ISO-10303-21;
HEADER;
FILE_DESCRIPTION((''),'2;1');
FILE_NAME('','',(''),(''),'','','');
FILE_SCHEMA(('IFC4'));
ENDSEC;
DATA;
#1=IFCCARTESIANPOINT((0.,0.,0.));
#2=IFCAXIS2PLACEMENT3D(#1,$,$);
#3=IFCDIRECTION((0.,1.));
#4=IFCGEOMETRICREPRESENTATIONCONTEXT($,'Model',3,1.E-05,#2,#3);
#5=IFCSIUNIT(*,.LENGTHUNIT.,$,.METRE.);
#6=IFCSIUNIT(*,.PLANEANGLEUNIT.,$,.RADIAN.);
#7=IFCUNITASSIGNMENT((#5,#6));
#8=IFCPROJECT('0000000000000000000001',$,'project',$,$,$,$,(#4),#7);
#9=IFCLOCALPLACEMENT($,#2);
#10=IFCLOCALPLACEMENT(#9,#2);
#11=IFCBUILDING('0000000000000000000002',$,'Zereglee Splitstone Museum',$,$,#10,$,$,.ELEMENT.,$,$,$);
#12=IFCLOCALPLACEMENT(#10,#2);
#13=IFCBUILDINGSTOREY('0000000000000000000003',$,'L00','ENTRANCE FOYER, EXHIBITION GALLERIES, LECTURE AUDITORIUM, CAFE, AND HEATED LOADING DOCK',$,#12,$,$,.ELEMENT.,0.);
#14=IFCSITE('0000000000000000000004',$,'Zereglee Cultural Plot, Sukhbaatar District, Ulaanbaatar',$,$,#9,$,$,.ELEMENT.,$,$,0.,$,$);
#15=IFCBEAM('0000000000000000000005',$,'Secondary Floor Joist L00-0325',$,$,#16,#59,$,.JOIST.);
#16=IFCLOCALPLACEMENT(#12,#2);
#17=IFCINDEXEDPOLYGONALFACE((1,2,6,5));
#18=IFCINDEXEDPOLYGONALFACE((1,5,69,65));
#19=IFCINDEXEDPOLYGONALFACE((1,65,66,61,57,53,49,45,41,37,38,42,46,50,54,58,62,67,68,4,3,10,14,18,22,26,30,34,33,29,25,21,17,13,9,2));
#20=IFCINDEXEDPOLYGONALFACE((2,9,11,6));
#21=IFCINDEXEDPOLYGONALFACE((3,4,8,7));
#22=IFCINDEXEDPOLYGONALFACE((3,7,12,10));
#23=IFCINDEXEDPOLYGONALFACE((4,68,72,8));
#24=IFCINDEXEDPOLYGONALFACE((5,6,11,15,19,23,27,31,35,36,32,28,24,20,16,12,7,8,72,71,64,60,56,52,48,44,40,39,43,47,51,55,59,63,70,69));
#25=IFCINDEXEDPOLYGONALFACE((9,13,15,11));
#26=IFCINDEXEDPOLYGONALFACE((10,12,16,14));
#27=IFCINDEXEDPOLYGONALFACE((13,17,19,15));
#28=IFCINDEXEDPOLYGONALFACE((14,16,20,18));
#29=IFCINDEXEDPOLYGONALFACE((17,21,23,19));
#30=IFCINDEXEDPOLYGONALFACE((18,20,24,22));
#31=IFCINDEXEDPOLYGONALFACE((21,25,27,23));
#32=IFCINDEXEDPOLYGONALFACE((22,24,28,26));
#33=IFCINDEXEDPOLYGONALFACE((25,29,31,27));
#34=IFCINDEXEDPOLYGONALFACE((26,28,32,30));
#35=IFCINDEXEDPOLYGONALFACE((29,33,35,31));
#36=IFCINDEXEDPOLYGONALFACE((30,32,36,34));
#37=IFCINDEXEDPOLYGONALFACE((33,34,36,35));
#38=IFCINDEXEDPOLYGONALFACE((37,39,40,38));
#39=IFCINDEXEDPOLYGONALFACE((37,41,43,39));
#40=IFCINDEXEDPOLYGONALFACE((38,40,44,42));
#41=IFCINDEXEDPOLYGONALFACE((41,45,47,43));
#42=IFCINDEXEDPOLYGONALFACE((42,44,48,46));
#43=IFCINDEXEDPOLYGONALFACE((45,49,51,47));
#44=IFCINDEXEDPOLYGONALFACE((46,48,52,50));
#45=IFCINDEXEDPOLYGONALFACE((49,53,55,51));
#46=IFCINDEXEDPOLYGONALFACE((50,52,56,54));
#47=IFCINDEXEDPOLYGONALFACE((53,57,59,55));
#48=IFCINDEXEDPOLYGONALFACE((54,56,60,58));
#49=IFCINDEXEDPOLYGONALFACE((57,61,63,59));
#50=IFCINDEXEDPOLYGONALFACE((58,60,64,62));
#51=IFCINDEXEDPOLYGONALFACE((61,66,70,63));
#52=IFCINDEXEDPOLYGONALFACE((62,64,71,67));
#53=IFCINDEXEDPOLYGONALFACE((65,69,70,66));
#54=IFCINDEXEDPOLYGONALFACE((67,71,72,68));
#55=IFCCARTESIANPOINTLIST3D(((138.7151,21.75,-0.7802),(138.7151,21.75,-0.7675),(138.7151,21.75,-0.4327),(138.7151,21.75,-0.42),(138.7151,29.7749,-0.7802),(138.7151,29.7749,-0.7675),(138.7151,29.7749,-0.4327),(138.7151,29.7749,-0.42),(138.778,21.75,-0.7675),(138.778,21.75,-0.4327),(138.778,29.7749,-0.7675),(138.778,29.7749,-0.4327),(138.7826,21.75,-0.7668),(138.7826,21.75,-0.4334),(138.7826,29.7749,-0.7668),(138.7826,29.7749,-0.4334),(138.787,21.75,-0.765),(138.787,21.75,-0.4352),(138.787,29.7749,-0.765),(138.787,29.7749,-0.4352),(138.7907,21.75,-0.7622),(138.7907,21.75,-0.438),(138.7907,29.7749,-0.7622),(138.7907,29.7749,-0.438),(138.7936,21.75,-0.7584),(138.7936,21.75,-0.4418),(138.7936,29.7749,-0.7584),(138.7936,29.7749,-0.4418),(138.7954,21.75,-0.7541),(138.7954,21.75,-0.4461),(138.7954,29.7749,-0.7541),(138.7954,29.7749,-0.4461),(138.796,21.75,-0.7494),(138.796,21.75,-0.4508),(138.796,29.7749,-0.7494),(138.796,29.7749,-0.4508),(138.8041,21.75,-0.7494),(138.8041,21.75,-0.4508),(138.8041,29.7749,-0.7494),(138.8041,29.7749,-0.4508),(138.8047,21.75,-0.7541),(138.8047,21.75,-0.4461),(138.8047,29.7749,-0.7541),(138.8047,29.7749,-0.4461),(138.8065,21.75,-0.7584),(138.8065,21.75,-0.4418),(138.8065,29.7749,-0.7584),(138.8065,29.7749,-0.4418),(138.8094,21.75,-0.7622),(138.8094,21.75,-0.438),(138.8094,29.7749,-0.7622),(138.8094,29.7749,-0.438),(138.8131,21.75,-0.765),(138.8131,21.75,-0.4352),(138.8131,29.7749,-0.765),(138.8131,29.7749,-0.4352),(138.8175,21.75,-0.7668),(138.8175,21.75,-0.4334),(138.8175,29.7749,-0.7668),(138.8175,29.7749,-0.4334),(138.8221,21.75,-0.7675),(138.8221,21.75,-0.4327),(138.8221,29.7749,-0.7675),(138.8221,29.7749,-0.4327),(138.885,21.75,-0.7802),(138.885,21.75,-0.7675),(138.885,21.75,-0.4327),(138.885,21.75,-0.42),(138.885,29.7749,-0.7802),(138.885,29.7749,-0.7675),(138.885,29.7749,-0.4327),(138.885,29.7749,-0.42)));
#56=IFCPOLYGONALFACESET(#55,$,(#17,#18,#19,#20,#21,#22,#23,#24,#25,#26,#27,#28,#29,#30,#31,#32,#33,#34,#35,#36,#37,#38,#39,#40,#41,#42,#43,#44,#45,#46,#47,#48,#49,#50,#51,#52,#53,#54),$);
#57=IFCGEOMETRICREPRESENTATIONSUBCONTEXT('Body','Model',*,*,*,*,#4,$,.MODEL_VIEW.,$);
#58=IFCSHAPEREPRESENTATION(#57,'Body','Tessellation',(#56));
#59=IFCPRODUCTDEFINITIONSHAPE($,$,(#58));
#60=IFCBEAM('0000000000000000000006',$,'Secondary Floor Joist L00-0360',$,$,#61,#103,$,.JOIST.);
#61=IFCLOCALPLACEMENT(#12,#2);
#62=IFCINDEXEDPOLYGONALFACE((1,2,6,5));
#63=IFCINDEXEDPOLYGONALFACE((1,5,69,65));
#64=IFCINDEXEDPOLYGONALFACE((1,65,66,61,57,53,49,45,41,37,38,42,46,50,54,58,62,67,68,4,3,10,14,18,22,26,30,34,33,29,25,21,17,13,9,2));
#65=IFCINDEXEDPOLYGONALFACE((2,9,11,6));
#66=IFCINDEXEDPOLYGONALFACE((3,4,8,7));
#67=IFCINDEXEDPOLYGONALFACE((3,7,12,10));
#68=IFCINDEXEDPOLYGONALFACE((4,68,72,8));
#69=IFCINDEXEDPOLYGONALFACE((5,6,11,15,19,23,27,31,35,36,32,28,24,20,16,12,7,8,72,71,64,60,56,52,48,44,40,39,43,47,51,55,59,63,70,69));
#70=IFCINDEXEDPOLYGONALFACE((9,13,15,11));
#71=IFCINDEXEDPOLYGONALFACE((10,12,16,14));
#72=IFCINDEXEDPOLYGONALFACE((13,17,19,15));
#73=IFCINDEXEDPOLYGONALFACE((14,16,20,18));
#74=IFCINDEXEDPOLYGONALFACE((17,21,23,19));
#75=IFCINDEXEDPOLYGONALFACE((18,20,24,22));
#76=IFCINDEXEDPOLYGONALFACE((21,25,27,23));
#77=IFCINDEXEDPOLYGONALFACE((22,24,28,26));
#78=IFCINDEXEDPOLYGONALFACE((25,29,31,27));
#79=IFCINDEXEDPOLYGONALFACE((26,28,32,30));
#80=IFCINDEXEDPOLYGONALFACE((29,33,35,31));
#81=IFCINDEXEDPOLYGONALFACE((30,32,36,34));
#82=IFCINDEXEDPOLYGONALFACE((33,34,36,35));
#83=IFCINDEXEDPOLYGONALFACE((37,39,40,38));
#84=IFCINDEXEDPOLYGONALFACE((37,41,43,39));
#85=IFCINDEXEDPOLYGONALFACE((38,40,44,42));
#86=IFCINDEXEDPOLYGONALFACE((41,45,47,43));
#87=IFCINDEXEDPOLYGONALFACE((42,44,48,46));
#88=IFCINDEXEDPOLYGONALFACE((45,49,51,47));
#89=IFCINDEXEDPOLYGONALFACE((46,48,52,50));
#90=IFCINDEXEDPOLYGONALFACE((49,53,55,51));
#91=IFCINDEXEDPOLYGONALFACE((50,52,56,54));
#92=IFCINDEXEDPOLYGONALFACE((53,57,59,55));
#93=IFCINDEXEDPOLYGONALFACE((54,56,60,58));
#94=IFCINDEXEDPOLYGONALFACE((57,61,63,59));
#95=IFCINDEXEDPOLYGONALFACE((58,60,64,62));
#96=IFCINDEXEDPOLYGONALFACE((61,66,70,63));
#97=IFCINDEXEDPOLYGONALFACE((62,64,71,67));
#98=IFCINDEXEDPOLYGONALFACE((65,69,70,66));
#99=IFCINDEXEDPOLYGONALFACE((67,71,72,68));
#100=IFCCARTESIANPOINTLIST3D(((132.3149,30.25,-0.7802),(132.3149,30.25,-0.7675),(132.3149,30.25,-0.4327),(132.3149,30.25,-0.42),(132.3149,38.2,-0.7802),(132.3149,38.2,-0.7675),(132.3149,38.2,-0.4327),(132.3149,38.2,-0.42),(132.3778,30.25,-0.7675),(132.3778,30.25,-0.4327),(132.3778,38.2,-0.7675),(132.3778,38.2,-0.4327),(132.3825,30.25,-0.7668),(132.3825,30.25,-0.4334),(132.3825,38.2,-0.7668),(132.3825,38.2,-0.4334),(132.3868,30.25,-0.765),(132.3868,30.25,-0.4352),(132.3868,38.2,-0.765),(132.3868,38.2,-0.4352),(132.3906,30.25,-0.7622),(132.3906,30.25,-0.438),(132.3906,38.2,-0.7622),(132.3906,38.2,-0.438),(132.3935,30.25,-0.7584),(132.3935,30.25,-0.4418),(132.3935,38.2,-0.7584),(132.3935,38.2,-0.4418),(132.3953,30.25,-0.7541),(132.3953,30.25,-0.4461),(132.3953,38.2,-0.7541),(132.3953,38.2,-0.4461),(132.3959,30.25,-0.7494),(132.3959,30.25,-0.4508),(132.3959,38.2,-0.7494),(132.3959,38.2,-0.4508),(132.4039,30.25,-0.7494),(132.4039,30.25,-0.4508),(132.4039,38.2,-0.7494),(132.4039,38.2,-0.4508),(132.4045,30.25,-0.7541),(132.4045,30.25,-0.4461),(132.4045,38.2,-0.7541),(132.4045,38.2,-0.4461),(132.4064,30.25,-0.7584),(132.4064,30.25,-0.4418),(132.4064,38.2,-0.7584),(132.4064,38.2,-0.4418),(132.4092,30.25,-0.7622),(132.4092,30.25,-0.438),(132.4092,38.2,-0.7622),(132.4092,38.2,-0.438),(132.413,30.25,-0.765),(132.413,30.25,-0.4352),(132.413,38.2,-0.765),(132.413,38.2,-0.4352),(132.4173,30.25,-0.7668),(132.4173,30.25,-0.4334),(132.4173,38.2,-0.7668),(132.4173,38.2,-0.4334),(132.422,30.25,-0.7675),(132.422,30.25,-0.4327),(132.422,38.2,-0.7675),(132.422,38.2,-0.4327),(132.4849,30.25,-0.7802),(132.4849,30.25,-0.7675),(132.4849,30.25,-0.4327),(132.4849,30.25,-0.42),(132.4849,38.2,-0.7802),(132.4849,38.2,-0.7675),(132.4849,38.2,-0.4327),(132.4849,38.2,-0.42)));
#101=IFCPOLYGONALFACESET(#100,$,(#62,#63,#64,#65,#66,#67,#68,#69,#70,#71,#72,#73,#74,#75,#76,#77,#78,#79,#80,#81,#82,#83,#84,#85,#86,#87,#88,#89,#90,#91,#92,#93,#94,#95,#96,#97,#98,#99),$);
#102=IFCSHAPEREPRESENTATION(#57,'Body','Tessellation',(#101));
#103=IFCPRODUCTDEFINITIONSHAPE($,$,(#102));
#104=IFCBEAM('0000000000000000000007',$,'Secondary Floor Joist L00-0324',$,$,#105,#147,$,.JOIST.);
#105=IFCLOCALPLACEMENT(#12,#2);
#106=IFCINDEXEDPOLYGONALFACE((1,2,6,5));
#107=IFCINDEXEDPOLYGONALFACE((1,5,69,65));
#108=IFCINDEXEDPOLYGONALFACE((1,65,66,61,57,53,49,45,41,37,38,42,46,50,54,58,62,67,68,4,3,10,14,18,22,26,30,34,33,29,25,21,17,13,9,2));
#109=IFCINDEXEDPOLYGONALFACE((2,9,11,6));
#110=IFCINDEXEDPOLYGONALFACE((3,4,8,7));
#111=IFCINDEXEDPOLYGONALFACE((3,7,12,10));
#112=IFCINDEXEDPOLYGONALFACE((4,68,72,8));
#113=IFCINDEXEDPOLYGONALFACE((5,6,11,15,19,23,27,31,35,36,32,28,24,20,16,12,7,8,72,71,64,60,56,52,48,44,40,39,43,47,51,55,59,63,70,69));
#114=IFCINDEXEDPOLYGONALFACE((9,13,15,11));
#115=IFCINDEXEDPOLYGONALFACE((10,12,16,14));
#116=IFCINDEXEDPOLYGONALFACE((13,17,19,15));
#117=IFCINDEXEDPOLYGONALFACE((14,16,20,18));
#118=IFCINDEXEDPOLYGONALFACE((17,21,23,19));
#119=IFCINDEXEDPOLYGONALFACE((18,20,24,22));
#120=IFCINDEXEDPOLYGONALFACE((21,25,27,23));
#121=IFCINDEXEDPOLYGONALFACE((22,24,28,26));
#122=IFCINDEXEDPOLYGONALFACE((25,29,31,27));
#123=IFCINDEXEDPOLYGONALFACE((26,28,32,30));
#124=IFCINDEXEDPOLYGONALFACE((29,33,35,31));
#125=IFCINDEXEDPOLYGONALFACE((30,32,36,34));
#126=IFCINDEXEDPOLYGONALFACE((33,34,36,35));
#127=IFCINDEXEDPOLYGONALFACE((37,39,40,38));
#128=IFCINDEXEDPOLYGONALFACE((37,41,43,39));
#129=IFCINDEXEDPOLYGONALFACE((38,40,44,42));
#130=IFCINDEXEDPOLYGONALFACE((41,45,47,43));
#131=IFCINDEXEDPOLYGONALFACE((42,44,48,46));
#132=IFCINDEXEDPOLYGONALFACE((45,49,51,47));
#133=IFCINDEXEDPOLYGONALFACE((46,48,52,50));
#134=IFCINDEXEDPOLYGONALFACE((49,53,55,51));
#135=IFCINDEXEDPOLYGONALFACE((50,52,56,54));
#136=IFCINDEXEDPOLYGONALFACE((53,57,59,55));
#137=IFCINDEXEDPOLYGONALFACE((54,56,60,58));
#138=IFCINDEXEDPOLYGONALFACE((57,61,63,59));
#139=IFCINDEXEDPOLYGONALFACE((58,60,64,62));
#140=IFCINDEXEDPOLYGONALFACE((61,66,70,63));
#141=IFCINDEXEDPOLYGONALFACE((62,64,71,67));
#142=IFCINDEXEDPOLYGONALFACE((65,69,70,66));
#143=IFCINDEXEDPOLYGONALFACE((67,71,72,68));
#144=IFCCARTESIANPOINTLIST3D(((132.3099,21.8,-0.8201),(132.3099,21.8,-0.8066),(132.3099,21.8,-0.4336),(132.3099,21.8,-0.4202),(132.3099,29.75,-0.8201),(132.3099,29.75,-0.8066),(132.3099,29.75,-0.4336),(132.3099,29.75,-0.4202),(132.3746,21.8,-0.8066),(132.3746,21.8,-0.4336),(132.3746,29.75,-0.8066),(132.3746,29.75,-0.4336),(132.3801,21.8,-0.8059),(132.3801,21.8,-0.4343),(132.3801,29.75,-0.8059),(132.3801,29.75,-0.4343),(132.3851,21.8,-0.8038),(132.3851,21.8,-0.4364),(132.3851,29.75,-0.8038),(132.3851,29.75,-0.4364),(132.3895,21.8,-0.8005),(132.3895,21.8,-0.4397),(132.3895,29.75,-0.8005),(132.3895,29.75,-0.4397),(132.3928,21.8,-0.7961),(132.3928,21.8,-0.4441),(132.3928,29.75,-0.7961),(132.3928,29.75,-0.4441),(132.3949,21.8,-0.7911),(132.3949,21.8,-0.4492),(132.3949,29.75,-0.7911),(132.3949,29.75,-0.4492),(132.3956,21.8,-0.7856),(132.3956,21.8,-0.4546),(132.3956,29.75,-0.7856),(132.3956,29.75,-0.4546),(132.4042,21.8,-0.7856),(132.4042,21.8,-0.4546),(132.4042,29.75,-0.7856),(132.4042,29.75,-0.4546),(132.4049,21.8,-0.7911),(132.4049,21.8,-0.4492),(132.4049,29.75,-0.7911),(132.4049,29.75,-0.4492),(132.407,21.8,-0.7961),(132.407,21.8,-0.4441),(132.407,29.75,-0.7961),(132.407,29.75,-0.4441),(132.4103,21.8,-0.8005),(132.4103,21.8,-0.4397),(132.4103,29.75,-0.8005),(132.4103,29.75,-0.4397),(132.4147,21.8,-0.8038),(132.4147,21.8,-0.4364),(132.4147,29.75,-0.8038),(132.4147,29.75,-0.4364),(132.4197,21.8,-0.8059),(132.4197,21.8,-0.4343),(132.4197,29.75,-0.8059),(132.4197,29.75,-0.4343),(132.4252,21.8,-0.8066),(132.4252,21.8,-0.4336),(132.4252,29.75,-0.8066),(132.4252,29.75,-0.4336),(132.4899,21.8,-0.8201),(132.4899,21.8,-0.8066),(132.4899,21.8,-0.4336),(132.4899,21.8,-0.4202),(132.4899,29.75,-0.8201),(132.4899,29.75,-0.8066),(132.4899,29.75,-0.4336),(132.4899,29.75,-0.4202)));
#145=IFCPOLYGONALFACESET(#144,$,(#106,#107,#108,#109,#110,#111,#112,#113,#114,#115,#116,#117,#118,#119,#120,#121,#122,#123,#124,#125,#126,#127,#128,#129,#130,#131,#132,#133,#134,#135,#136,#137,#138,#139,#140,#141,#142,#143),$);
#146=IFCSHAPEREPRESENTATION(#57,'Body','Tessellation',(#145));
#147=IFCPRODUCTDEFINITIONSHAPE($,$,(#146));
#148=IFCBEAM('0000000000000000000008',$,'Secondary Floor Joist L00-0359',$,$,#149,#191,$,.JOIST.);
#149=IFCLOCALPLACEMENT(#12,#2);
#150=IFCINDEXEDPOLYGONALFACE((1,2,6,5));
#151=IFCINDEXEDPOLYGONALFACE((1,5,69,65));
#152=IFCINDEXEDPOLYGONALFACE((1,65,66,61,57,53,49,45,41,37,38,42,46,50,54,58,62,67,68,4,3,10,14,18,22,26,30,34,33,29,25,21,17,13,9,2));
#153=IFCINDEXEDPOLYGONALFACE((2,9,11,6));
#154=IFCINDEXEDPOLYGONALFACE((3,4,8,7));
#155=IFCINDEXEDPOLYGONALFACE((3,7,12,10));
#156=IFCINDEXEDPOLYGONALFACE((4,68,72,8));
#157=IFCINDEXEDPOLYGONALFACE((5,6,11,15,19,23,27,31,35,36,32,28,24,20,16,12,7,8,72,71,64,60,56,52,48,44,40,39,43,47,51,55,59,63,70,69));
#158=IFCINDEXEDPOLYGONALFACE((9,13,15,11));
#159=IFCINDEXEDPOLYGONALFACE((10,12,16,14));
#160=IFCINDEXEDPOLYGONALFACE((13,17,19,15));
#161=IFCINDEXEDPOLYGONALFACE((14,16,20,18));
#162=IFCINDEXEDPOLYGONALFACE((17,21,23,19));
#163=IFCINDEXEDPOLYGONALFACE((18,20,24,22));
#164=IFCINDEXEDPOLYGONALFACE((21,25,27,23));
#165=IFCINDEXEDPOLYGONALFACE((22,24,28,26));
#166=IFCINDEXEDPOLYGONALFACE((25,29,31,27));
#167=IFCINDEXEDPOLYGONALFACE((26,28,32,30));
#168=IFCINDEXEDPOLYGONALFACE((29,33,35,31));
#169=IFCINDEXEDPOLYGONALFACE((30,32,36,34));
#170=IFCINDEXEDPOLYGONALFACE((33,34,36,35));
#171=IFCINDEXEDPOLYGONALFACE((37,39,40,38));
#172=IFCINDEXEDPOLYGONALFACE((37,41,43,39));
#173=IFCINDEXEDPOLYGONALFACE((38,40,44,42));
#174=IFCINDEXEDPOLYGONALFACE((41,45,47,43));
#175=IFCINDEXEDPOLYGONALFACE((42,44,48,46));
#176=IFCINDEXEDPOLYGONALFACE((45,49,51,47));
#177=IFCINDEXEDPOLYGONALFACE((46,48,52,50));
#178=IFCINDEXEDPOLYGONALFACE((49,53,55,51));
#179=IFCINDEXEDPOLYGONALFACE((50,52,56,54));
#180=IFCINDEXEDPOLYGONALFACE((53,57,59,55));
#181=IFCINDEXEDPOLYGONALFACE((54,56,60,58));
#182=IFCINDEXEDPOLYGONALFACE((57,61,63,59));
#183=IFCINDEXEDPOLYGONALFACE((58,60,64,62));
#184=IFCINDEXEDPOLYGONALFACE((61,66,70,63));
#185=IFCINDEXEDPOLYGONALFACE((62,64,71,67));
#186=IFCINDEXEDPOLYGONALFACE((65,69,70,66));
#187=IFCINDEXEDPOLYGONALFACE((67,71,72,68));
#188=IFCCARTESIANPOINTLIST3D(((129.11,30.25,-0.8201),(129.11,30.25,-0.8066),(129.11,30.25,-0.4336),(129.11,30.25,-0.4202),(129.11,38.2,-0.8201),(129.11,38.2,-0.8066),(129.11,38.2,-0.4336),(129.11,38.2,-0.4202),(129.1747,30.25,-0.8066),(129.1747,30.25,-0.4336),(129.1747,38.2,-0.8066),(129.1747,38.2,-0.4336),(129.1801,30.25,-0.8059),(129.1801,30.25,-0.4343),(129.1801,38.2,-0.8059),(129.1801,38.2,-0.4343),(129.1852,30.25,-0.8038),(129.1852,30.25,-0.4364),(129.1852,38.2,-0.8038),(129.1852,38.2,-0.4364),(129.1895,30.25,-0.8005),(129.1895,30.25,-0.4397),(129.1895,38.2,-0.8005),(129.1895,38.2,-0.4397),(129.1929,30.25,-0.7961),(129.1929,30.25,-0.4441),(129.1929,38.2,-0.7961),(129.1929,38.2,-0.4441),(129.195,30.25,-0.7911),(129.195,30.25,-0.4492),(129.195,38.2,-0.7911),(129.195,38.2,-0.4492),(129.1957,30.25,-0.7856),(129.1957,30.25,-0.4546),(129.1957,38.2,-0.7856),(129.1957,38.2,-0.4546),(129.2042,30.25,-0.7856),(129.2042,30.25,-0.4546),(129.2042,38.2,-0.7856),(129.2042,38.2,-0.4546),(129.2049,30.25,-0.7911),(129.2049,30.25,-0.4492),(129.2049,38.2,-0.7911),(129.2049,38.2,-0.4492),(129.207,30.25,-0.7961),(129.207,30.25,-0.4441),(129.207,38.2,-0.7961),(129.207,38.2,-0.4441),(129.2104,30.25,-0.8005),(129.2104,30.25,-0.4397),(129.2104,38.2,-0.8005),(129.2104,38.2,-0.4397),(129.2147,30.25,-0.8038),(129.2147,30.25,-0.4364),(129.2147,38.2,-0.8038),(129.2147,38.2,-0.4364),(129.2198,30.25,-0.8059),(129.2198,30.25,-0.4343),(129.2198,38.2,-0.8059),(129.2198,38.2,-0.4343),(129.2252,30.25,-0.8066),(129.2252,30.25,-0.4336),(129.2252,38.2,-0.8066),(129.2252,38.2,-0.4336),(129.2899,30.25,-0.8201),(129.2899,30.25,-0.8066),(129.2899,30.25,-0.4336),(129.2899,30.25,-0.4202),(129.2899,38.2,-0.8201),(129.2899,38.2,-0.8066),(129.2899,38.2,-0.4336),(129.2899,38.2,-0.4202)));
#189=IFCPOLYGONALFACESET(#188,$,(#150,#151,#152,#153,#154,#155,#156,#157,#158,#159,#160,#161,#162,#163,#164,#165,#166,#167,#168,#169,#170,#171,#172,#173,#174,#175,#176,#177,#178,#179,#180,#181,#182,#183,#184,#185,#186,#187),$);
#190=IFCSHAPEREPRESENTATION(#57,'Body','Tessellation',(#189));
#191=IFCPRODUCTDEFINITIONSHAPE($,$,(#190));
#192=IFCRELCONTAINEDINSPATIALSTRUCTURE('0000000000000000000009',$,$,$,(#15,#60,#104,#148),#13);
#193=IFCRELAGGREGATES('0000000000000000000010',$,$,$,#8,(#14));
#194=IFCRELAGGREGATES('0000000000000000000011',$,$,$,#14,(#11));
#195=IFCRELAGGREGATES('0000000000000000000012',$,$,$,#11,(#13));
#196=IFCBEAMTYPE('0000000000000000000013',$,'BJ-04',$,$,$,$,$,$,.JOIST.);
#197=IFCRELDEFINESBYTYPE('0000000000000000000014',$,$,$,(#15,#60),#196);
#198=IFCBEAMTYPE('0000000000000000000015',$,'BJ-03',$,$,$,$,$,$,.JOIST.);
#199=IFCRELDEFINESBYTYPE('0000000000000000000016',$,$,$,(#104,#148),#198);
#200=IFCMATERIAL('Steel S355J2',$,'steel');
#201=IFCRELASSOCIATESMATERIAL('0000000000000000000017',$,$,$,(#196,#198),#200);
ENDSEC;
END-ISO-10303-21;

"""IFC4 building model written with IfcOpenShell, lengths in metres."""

from ifc_helpers import new_model, si_unit, direction, frame, origin, origin_2d, place, context, subcontext, project, spatial, i_section, extrude, material, material_profile, profile_set, type_object, element, save


model = new_model("IFC4")

# Units and contexts
model_context = context("Model", 3, precision=1e-05, world=origin(), true_north=direction((0.0, 1.0)))
body_context = subcontext(model_context, "Body", "Model", "MODEL_VIEW")
ifc_project = project(units=[si_unit("LENGTHUNIT", "METRE"), si_unit("PLANEANGLEUNIT", "RADIAN")], contexts=[model_context])

# Site, building, storey
site_placement = place(None, origin())
site = spatial("IfcSite", under=ifc_project, at=site_placement, Name="Zereglee Cultural Plot, Sukhbaatar District, Ulaanbaatar", CompositionType="ELEMENT", RefElevation=0.0)
building_placement = place(site_placement, origin())
building = spatial("IfcBuilding", under=site, at=building_placement, Name="Zereglee Splitstone Museum", CompositionType="ELEMENT")
storey_placement = place(building_placement, origin())
storey = spatial("IfcBuildingStorey", under=building, at=storey_placement, Name="L00", Description="ENTRANCE FOYER, EXHIBITION GALLERIES, LECTURE AUDITORIUM, CAFE, AND HEATED LOADING DOCK", CompositionType="ELEMENT", Elevation=0.0)

# Beams
ifc_material_1 = material(Name="Steel S355J2", Category="steel")
ifc_material_profile_1 = material_profile(ifc_material_1, i_section(OverallWidth=0.1699, OverallDepth=0.3601, WebThickness=0.0081, FlangeThickness=0.0127, FilletRadius=0.0181, at=origin_2d()), Name="IPE 360")
ifc_profile_set_1 = profile_set([ifc_material_profile_1], Name="Steel S355J2")
beam_type_1 = type_object("IfcBeamType", Name="BJ-04", PredefinedType="JOIST", material=ifc_profile_set_1)
beam_1_placement = place(storey_placement, frame((138.8, 21.75, -0.6001), z_axis=(0.0, 1.0, 0.0), x_axis=(-1.0, 0.0, 0.0)))
element("IfcBeam", 1, at=beam_1_placement, inside=storey, type_object=beam_type_1, Name="Secondary Floor Joist L00-0325", PredefinedType="JOIST", context=body_context, shape_type="SweptSolid", body=[
    extrude(i_section(OverallWidth=0.1699, OverallDepth=0.3601, WebThickness=0.0081, FlangeThickness=0.0127, FilletRadius=0.0181, at=origin_2d()), origin(), (0.0, 0.0, 1.0), 8.0249),
])
beam_2_placement = place(storey_placement, frame((132.3999, 30.25, -0.6001), z_axis=(0.0, 1.0, 0.0), x_axis=(-1.0, 0.0, 0.0)))
element("IfcBeam", 2, at=beam_2_placement, inside=storey, type_object=beam_type_1, Name="Secondary Floor Joist L00-0360", PredefinedType="JOIST", context=body_context, shape_type="SweptSolid", body=[
    extrude(i_section(OverallWidth=0.1699, OverallDepth=0.3601, WebThickness=0.0081, FlangeThickness=0.0127, FilletRadius=0.0181, at=origin_2d()), origin(), (0.0, 0.0, 1.0), 7.95),
])
ifc_material_profile_2 = material_profile(ifc_material_1, i_section(OverallWidth=0.1799, OverallDepth=0.3999, WebThickness=0.0085, FlangeThickness=0.0134, FilletRadius=0.021, at=origin_2d()), Name="IPE 400")
ifc_profile_set_2 = profile_set([ifc_material_profile_2], Name="Steel S355J2")
beam_type_2 = type_object("IfcBeamType", Name="BJ-03", PredefinedType="JOIST", material=ifc_profile_set_2)
for number, where, z_axis, x_axis, name in (
    (3, (132.3999, 21.8, -0.6201), (0.0, 1.0, 0.0), (-1.0, 0.0, 0.0), "Secondary Floor Joist L00-0324"),
    (4, (129.2, 30.25, -0.6201), (0.0, 1.0, 0.0), (-1.0, 0.0, 0.0), "Secondary Floor Joist L00-0359"),
):
    element("IfcBeam", number, at=place(storey_placement, frame(where, z_axis=z_axis, x_axis=x_axis)), inside=storey, type_object=beam_type_2, Name=name, PredefinedType="JOIST", context=body_context, shape_type="SweptSolid", body=[
        extrude(i_section(OverallWidth=0.1799, OverallDepth=0.3999, WebThickness=0.0085, FlangeThickness=0.0134, FilletRadius=0.021, at=origin_2d()), origin(), (0.0, 0.0, 1.0), 7.95),
    ])

save(model, "model.ifc")
